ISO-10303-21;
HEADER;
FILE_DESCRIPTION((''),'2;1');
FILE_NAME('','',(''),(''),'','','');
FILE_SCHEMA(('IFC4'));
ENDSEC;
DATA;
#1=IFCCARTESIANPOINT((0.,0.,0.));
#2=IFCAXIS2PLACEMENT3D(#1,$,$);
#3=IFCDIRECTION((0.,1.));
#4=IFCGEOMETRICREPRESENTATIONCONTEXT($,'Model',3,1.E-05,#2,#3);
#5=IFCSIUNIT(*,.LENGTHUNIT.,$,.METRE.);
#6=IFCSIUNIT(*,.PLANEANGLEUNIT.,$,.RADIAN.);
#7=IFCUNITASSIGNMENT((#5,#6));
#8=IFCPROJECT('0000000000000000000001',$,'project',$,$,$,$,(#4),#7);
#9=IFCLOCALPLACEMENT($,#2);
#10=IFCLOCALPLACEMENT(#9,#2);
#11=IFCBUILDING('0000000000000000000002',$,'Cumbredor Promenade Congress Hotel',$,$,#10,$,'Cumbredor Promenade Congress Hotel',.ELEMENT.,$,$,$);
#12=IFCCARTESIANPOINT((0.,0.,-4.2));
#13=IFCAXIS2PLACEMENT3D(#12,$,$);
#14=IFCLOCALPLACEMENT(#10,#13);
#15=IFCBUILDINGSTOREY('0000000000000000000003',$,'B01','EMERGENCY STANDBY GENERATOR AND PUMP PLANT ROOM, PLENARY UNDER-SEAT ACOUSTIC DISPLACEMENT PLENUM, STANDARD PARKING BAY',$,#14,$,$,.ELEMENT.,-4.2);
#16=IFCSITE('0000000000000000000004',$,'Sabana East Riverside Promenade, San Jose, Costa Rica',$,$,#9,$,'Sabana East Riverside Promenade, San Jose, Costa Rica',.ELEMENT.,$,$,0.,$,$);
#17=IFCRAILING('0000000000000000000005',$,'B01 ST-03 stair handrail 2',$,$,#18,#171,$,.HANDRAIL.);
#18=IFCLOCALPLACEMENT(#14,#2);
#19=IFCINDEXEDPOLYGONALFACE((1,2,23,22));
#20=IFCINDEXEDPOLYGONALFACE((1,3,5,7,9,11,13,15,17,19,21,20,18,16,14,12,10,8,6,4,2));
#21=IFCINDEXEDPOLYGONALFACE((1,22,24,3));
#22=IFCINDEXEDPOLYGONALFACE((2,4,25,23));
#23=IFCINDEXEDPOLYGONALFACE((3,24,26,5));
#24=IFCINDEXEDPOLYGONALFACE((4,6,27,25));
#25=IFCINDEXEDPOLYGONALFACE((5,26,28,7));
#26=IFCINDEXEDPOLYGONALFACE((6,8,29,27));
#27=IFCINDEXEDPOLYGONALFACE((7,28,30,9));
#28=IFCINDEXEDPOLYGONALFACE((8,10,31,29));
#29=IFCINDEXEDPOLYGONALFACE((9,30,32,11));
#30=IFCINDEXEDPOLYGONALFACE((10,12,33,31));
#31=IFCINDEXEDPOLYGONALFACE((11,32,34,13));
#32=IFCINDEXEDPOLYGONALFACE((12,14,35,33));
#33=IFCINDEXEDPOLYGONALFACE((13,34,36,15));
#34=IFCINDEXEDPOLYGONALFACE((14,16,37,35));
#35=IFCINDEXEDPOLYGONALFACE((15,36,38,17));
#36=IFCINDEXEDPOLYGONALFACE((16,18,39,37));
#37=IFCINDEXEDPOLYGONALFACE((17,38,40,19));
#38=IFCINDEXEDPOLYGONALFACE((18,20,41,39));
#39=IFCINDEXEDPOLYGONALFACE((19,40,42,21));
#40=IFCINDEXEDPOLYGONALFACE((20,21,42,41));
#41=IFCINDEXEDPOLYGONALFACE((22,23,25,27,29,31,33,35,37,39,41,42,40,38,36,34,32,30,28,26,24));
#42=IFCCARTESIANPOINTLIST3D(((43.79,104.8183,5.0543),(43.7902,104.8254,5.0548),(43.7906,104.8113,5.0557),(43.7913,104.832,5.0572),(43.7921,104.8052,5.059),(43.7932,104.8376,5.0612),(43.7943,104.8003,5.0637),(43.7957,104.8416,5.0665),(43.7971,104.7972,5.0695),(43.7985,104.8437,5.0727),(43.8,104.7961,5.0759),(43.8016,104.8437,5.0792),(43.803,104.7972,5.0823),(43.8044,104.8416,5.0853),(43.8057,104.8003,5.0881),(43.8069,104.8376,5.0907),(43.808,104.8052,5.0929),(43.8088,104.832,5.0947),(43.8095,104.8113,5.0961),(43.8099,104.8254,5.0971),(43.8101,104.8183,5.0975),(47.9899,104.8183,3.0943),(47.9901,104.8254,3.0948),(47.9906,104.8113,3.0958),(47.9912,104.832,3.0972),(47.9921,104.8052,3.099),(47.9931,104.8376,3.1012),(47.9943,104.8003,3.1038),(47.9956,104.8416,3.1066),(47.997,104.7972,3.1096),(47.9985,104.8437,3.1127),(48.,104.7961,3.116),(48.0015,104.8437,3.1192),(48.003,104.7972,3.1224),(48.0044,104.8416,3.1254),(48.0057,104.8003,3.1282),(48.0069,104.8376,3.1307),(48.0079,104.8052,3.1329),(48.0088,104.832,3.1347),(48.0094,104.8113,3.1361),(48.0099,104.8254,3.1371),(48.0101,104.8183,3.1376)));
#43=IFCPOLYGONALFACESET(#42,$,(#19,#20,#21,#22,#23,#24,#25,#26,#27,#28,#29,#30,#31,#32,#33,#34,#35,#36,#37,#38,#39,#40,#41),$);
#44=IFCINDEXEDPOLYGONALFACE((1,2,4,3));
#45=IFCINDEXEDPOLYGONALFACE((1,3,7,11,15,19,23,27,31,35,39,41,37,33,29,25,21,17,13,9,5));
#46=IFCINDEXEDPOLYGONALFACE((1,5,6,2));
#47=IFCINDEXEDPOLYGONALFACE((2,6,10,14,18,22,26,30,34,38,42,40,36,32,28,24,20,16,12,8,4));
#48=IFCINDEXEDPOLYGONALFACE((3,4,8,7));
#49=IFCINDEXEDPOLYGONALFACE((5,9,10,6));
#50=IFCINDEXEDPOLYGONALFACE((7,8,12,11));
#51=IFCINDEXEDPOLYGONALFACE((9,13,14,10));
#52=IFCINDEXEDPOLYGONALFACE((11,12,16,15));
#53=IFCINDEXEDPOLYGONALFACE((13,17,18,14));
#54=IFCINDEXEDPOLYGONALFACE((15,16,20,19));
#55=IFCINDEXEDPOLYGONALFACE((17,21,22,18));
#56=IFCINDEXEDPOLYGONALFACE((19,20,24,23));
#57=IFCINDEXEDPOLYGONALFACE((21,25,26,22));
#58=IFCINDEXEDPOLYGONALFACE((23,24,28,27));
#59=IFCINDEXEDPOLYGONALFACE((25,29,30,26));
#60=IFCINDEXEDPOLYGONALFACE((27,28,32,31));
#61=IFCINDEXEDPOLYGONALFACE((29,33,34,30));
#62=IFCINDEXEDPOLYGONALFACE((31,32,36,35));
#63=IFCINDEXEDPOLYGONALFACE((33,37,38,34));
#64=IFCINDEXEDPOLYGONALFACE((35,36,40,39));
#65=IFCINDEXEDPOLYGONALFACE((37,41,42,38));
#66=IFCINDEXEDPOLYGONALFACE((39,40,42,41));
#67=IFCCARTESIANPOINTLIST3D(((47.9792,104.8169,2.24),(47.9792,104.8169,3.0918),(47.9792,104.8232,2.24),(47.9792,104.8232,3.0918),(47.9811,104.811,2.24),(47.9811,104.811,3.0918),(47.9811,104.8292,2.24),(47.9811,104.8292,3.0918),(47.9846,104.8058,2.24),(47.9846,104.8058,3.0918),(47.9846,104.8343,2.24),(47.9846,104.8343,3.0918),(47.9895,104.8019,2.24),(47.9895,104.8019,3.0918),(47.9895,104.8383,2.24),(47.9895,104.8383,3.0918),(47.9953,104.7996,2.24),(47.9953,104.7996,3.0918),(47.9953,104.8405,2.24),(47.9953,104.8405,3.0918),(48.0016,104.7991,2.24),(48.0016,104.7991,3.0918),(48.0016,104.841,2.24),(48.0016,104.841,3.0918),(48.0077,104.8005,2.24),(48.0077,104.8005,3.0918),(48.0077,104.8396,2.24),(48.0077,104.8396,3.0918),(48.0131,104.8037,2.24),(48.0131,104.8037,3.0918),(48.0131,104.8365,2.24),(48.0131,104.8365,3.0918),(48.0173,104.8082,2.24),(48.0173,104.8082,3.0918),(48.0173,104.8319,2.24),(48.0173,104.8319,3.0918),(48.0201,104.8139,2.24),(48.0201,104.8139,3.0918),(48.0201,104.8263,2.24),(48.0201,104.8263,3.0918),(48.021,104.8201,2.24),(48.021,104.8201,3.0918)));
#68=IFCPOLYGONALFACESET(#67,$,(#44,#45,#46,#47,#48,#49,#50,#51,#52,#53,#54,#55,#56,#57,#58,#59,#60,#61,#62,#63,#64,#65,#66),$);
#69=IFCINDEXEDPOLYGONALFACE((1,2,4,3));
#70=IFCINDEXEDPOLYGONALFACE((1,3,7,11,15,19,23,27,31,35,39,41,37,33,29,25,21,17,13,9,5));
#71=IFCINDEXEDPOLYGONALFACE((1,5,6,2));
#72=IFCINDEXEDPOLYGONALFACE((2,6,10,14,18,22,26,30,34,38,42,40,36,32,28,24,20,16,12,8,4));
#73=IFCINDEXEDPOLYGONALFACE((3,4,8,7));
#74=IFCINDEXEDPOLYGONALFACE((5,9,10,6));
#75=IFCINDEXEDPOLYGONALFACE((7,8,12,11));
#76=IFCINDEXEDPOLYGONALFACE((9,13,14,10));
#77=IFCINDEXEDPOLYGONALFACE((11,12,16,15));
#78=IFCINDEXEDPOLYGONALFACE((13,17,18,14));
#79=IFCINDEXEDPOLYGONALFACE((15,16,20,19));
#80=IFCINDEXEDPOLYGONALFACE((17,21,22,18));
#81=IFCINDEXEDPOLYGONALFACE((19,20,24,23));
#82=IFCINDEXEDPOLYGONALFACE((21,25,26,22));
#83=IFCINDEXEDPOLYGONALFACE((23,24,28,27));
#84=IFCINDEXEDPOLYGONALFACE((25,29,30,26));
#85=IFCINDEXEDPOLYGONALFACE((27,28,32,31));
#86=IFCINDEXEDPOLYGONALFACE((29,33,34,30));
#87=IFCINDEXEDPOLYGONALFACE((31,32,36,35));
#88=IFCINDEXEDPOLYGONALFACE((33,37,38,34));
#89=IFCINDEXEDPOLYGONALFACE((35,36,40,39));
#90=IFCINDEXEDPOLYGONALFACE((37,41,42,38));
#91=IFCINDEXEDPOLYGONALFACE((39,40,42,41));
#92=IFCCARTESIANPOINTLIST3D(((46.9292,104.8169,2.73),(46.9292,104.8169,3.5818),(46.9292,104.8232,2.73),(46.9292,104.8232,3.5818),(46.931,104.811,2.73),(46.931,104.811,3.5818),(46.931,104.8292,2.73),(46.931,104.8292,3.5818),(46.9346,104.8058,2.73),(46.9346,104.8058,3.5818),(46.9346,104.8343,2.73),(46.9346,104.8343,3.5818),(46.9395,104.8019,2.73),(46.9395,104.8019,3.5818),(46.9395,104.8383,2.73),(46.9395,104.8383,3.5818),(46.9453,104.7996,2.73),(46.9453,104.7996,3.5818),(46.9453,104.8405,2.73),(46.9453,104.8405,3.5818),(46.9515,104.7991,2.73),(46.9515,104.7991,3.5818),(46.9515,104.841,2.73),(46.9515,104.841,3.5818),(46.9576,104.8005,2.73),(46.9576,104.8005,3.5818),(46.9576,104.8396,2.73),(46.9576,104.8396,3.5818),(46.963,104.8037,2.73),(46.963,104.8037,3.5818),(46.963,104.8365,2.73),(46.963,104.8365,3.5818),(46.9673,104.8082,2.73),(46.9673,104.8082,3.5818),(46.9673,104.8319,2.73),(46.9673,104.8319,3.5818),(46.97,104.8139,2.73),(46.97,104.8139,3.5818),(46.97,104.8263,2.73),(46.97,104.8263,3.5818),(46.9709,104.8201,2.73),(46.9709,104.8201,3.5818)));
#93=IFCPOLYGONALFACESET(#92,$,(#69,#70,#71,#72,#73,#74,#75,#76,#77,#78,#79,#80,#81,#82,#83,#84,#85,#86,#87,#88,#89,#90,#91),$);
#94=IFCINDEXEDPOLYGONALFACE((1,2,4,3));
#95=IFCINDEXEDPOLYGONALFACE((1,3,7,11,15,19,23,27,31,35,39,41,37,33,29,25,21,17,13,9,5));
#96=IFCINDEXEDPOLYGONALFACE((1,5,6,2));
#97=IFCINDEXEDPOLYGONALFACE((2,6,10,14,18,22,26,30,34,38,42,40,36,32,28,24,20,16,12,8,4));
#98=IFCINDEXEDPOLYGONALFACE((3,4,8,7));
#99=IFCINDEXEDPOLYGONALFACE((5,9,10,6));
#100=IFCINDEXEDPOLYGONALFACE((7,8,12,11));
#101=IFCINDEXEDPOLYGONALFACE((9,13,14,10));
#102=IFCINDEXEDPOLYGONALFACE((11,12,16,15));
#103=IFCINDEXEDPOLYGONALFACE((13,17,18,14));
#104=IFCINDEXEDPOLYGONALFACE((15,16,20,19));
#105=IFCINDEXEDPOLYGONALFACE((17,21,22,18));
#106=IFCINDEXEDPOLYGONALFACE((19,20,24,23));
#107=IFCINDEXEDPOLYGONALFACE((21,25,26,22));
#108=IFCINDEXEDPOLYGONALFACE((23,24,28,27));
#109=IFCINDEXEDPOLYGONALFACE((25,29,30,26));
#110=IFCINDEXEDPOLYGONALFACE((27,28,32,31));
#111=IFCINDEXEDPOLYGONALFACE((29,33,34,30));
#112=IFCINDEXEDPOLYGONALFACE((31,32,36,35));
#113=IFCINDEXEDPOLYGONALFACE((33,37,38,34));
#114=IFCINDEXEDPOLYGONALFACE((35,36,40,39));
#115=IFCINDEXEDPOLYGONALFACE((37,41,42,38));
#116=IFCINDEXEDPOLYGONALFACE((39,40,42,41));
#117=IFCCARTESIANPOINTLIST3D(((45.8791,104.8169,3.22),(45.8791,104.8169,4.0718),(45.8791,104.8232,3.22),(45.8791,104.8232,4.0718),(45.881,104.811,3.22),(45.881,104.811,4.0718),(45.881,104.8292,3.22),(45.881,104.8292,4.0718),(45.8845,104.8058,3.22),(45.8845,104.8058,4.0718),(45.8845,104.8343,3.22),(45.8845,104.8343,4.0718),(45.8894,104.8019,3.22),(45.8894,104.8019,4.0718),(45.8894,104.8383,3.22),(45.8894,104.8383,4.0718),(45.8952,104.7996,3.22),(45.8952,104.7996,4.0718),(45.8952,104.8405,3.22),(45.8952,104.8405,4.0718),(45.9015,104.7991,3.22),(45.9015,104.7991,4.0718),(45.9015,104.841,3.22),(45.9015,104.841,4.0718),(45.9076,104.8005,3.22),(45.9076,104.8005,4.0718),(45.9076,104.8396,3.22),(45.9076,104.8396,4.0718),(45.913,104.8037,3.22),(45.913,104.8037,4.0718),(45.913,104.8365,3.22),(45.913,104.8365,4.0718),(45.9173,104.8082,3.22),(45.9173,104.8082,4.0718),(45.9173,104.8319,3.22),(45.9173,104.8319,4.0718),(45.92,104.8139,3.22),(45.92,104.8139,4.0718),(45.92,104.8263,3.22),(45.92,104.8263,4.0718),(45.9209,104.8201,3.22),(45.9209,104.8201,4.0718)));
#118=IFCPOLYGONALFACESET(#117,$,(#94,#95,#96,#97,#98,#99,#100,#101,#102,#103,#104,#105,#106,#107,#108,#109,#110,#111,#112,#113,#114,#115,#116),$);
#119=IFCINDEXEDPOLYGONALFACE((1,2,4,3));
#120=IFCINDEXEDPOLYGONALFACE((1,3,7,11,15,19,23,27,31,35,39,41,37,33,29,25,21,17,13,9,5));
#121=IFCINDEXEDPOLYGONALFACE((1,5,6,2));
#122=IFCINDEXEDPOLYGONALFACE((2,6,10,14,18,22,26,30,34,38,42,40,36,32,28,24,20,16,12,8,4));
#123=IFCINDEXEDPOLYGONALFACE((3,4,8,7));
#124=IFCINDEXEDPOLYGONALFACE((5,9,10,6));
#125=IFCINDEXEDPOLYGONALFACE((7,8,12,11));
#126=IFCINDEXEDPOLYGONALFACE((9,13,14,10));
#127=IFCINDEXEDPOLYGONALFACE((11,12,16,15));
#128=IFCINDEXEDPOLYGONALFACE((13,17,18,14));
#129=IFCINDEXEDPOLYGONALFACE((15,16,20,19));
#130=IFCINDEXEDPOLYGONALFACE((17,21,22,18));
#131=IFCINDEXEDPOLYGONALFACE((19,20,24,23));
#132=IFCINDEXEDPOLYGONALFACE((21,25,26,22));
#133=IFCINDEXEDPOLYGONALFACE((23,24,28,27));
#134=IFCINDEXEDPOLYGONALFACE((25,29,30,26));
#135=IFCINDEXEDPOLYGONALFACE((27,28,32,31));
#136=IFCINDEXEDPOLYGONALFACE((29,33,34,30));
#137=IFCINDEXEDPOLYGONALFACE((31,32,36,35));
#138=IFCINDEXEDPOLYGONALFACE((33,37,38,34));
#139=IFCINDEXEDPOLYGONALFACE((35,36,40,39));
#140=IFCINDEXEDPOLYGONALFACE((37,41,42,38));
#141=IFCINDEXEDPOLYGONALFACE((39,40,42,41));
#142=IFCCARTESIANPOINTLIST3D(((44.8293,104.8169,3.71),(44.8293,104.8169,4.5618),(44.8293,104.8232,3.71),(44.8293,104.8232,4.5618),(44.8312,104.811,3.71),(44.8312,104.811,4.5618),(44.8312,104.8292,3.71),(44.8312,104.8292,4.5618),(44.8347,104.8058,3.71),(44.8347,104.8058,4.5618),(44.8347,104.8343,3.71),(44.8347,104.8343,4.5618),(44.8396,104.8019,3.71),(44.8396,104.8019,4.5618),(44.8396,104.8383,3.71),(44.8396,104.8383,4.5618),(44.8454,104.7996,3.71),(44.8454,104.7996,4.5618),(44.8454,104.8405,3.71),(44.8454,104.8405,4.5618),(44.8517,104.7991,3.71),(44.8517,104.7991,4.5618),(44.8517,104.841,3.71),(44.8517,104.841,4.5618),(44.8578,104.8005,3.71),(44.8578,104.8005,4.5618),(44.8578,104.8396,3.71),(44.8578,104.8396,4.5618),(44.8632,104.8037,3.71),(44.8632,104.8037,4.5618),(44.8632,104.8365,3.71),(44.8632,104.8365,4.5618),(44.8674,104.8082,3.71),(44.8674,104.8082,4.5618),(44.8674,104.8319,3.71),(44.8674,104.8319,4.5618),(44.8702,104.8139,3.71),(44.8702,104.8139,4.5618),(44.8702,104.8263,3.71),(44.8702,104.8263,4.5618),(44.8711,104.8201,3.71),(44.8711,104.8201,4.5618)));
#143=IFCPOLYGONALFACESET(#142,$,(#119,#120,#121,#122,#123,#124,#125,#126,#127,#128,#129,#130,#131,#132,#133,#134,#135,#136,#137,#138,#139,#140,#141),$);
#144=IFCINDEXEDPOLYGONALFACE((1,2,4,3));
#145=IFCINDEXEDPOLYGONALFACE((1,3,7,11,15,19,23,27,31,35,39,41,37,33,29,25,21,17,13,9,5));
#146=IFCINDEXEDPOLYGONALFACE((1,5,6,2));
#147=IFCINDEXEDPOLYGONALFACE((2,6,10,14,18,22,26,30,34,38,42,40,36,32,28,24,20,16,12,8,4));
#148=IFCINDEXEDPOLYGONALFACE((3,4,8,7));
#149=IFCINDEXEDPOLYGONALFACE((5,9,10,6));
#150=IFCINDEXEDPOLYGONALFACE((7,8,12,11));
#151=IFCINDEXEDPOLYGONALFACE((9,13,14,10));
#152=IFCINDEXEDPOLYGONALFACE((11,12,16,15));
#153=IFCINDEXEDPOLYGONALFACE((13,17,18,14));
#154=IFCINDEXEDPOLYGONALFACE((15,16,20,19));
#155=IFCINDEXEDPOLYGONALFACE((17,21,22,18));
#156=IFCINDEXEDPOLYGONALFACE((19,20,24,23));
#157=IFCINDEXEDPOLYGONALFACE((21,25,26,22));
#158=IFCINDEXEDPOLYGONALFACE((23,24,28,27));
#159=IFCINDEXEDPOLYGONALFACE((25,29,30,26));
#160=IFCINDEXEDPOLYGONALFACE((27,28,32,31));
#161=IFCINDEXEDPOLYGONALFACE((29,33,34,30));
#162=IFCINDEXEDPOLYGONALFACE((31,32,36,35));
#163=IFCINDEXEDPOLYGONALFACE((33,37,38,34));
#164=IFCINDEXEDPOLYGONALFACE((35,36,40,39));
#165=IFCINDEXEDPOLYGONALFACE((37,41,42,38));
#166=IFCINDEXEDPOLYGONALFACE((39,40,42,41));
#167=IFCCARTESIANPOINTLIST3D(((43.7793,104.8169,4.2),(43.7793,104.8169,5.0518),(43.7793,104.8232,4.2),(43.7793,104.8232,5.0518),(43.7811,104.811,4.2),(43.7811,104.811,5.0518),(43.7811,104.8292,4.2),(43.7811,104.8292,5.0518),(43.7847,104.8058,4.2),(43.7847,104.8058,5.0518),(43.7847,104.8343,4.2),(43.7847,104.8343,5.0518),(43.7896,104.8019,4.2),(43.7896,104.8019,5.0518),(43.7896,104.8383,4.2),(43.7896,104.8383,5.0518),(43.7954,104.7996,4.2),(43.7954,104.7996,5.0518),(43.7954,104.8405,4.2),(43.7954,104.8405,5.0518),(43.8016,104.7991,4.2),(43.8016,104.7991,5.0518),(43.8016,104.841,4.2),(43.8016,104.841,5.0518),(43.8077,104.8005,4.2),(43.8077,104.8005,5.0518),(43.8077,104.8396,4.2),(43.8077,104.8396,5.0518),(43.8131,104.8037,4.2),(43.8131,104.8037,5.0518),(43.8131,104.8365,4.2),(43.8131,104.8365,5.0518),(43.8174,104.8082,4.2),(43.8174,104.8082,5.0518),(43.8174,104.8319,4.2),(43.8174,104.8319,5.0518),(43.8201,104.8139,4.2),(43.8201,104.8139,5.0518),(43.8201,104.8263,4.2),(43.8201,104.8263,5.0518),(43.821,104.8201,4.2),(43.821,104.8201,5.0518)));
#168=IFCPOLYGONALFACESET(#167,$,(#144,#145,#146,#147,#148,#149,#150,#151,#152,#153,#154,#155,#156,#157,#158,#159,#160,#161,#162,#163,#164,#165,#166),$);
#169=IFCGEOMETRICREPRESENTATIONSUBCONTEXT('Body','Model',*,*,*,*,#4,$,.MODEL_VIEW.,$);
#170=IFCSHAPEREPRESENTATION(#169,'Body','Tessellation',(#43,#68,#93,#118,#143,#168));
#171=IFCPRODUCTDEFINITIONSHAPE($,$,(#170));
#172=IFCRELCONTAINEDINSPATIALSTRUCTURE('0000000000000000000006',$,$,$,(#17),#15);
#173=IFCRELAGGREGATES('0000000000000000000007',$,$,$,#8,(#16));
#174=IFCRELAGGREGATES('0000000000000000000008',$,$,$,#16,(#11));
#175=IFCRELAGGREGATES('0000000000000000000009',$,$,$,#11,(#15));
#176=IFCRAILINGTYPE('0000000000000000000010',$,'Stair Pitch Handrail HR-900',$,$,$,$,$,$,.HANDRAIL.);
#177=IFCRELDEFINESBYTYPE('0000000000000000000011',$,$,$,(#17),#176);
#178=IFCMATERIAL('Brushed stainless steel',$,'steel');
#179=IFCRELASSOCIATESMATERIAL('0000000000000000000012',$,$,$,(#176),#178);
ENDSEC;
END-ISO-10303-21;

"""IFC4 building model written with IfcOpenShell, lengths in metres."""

from ifc_helpers import new_model, si_unit, direction, frame, origin, origin_2d, place, context, subcontext, project, spatial, circle, extrude, material, type_object, element, save


model = new_model("IFC4")

# Units and contexts
model_context = context("Model", 3, precision=1e-05, world=origin(), true_north=direction((0.0, 1.0)))
body_context = subcontext(model_context, "Body", "Model", "MODEL_VIEW")
ifc_project = project(units=[si_unit("LENGTHUNIT", "METRE"), si_unit("PLANEANGLEUNIT", "RADIAN")], contexts=[model_context])

# Site, building, storey
site_placement = place(None, origin())
site = spatial("IfcSite", under=ifc_project, at=site_placement, Name="Sabana East Riverside Promenade, San Jose, Costa Rica", LongName="Sabana East Riverside Promenade, San Jose, Costa Rica", CompositionType="ELEMENT", RefElevation=0.0)
building_placement = place(site_placement, origin())
building = spatial("IfcBuilding", under=site, at=building_placement, Name="Cumbredor Promenade Congress Hotel", LongName="Cumbredor Promenade Congress Hotel", CompositionType="ELEMENT")
storey_placement = place(building_placement, frame((0.0, 0.0, -4.2)))
storey = spatial("IfcBuildingStorey", under=building, at=storey_placement, Name="B01", Description="EMERGENCY STANDBY GENERATOR AND PUMP PLANT ROOM, PLENARY UNDER-SEAT ACOUSTIC DISPLACEMENT PLENUM, STANDARD PARKING BAY", CompositionType="ELEMENT", Elevation=-4.2)

# Railing
ifc_material_1 = material(Name="Brushed stainless steel", Category="steel")
railing_type_1 = type_object("IfcRailingType", Name="Stair Pitch Handrail HR-900", PredefinedType="HANDRAIL", material=ifc_material_1)
railing_1_placement = place(storey_placement, frame((48.0, 104.8201, 2.24)))
element("IfcRailing", 1, at=railing_1_placement, inside=storey, type_object=railing_type_1, Name="B01 ST-03 stair handrail 2", PredefinedType="HANDRAIL", context=body_context, shape_type="SweptSolid", body=[
    extrude(circle(Radius=0.0239, at=origin_2d()), frame((0.0, 0.0, 0.876), z_axis=(-0.906184, 0.0, 0.422883), x_axis=(0.0, -1.0, 0.0)), (0.0, 0.0, 1.0), 4.6348),
    extrude(circle(Radius=0.021, at=origin_2d()), origin(), (0.0, 0.0, 1.0), 0.8518),
    extrude(circle(Radius=0.021, at=origin_2d()), frame((-1.05, 0.0, 0.49)), (0.0, 0.0, 1.0), 0.8518),
    extrude(circle(Radius=0.021, at=origin_2d()), frame((-2.1001, 0.0, 0.98)), (0.0, 0.0, 1.0), 0.8518),
    extrude(circle(Radius=0.021, at=origin_2d()), frame((-3.1499, 0.0, 1.47)), (0.0, 0.0, 1.0), 0.8518),
    extrude(circle(Radius=0.021, at=origin_2d()), frame((-4.2, 0.0, 1.96)), (0.0, 0.0, 1.0), 0.8518),
])

save(model, "model.ifc")
